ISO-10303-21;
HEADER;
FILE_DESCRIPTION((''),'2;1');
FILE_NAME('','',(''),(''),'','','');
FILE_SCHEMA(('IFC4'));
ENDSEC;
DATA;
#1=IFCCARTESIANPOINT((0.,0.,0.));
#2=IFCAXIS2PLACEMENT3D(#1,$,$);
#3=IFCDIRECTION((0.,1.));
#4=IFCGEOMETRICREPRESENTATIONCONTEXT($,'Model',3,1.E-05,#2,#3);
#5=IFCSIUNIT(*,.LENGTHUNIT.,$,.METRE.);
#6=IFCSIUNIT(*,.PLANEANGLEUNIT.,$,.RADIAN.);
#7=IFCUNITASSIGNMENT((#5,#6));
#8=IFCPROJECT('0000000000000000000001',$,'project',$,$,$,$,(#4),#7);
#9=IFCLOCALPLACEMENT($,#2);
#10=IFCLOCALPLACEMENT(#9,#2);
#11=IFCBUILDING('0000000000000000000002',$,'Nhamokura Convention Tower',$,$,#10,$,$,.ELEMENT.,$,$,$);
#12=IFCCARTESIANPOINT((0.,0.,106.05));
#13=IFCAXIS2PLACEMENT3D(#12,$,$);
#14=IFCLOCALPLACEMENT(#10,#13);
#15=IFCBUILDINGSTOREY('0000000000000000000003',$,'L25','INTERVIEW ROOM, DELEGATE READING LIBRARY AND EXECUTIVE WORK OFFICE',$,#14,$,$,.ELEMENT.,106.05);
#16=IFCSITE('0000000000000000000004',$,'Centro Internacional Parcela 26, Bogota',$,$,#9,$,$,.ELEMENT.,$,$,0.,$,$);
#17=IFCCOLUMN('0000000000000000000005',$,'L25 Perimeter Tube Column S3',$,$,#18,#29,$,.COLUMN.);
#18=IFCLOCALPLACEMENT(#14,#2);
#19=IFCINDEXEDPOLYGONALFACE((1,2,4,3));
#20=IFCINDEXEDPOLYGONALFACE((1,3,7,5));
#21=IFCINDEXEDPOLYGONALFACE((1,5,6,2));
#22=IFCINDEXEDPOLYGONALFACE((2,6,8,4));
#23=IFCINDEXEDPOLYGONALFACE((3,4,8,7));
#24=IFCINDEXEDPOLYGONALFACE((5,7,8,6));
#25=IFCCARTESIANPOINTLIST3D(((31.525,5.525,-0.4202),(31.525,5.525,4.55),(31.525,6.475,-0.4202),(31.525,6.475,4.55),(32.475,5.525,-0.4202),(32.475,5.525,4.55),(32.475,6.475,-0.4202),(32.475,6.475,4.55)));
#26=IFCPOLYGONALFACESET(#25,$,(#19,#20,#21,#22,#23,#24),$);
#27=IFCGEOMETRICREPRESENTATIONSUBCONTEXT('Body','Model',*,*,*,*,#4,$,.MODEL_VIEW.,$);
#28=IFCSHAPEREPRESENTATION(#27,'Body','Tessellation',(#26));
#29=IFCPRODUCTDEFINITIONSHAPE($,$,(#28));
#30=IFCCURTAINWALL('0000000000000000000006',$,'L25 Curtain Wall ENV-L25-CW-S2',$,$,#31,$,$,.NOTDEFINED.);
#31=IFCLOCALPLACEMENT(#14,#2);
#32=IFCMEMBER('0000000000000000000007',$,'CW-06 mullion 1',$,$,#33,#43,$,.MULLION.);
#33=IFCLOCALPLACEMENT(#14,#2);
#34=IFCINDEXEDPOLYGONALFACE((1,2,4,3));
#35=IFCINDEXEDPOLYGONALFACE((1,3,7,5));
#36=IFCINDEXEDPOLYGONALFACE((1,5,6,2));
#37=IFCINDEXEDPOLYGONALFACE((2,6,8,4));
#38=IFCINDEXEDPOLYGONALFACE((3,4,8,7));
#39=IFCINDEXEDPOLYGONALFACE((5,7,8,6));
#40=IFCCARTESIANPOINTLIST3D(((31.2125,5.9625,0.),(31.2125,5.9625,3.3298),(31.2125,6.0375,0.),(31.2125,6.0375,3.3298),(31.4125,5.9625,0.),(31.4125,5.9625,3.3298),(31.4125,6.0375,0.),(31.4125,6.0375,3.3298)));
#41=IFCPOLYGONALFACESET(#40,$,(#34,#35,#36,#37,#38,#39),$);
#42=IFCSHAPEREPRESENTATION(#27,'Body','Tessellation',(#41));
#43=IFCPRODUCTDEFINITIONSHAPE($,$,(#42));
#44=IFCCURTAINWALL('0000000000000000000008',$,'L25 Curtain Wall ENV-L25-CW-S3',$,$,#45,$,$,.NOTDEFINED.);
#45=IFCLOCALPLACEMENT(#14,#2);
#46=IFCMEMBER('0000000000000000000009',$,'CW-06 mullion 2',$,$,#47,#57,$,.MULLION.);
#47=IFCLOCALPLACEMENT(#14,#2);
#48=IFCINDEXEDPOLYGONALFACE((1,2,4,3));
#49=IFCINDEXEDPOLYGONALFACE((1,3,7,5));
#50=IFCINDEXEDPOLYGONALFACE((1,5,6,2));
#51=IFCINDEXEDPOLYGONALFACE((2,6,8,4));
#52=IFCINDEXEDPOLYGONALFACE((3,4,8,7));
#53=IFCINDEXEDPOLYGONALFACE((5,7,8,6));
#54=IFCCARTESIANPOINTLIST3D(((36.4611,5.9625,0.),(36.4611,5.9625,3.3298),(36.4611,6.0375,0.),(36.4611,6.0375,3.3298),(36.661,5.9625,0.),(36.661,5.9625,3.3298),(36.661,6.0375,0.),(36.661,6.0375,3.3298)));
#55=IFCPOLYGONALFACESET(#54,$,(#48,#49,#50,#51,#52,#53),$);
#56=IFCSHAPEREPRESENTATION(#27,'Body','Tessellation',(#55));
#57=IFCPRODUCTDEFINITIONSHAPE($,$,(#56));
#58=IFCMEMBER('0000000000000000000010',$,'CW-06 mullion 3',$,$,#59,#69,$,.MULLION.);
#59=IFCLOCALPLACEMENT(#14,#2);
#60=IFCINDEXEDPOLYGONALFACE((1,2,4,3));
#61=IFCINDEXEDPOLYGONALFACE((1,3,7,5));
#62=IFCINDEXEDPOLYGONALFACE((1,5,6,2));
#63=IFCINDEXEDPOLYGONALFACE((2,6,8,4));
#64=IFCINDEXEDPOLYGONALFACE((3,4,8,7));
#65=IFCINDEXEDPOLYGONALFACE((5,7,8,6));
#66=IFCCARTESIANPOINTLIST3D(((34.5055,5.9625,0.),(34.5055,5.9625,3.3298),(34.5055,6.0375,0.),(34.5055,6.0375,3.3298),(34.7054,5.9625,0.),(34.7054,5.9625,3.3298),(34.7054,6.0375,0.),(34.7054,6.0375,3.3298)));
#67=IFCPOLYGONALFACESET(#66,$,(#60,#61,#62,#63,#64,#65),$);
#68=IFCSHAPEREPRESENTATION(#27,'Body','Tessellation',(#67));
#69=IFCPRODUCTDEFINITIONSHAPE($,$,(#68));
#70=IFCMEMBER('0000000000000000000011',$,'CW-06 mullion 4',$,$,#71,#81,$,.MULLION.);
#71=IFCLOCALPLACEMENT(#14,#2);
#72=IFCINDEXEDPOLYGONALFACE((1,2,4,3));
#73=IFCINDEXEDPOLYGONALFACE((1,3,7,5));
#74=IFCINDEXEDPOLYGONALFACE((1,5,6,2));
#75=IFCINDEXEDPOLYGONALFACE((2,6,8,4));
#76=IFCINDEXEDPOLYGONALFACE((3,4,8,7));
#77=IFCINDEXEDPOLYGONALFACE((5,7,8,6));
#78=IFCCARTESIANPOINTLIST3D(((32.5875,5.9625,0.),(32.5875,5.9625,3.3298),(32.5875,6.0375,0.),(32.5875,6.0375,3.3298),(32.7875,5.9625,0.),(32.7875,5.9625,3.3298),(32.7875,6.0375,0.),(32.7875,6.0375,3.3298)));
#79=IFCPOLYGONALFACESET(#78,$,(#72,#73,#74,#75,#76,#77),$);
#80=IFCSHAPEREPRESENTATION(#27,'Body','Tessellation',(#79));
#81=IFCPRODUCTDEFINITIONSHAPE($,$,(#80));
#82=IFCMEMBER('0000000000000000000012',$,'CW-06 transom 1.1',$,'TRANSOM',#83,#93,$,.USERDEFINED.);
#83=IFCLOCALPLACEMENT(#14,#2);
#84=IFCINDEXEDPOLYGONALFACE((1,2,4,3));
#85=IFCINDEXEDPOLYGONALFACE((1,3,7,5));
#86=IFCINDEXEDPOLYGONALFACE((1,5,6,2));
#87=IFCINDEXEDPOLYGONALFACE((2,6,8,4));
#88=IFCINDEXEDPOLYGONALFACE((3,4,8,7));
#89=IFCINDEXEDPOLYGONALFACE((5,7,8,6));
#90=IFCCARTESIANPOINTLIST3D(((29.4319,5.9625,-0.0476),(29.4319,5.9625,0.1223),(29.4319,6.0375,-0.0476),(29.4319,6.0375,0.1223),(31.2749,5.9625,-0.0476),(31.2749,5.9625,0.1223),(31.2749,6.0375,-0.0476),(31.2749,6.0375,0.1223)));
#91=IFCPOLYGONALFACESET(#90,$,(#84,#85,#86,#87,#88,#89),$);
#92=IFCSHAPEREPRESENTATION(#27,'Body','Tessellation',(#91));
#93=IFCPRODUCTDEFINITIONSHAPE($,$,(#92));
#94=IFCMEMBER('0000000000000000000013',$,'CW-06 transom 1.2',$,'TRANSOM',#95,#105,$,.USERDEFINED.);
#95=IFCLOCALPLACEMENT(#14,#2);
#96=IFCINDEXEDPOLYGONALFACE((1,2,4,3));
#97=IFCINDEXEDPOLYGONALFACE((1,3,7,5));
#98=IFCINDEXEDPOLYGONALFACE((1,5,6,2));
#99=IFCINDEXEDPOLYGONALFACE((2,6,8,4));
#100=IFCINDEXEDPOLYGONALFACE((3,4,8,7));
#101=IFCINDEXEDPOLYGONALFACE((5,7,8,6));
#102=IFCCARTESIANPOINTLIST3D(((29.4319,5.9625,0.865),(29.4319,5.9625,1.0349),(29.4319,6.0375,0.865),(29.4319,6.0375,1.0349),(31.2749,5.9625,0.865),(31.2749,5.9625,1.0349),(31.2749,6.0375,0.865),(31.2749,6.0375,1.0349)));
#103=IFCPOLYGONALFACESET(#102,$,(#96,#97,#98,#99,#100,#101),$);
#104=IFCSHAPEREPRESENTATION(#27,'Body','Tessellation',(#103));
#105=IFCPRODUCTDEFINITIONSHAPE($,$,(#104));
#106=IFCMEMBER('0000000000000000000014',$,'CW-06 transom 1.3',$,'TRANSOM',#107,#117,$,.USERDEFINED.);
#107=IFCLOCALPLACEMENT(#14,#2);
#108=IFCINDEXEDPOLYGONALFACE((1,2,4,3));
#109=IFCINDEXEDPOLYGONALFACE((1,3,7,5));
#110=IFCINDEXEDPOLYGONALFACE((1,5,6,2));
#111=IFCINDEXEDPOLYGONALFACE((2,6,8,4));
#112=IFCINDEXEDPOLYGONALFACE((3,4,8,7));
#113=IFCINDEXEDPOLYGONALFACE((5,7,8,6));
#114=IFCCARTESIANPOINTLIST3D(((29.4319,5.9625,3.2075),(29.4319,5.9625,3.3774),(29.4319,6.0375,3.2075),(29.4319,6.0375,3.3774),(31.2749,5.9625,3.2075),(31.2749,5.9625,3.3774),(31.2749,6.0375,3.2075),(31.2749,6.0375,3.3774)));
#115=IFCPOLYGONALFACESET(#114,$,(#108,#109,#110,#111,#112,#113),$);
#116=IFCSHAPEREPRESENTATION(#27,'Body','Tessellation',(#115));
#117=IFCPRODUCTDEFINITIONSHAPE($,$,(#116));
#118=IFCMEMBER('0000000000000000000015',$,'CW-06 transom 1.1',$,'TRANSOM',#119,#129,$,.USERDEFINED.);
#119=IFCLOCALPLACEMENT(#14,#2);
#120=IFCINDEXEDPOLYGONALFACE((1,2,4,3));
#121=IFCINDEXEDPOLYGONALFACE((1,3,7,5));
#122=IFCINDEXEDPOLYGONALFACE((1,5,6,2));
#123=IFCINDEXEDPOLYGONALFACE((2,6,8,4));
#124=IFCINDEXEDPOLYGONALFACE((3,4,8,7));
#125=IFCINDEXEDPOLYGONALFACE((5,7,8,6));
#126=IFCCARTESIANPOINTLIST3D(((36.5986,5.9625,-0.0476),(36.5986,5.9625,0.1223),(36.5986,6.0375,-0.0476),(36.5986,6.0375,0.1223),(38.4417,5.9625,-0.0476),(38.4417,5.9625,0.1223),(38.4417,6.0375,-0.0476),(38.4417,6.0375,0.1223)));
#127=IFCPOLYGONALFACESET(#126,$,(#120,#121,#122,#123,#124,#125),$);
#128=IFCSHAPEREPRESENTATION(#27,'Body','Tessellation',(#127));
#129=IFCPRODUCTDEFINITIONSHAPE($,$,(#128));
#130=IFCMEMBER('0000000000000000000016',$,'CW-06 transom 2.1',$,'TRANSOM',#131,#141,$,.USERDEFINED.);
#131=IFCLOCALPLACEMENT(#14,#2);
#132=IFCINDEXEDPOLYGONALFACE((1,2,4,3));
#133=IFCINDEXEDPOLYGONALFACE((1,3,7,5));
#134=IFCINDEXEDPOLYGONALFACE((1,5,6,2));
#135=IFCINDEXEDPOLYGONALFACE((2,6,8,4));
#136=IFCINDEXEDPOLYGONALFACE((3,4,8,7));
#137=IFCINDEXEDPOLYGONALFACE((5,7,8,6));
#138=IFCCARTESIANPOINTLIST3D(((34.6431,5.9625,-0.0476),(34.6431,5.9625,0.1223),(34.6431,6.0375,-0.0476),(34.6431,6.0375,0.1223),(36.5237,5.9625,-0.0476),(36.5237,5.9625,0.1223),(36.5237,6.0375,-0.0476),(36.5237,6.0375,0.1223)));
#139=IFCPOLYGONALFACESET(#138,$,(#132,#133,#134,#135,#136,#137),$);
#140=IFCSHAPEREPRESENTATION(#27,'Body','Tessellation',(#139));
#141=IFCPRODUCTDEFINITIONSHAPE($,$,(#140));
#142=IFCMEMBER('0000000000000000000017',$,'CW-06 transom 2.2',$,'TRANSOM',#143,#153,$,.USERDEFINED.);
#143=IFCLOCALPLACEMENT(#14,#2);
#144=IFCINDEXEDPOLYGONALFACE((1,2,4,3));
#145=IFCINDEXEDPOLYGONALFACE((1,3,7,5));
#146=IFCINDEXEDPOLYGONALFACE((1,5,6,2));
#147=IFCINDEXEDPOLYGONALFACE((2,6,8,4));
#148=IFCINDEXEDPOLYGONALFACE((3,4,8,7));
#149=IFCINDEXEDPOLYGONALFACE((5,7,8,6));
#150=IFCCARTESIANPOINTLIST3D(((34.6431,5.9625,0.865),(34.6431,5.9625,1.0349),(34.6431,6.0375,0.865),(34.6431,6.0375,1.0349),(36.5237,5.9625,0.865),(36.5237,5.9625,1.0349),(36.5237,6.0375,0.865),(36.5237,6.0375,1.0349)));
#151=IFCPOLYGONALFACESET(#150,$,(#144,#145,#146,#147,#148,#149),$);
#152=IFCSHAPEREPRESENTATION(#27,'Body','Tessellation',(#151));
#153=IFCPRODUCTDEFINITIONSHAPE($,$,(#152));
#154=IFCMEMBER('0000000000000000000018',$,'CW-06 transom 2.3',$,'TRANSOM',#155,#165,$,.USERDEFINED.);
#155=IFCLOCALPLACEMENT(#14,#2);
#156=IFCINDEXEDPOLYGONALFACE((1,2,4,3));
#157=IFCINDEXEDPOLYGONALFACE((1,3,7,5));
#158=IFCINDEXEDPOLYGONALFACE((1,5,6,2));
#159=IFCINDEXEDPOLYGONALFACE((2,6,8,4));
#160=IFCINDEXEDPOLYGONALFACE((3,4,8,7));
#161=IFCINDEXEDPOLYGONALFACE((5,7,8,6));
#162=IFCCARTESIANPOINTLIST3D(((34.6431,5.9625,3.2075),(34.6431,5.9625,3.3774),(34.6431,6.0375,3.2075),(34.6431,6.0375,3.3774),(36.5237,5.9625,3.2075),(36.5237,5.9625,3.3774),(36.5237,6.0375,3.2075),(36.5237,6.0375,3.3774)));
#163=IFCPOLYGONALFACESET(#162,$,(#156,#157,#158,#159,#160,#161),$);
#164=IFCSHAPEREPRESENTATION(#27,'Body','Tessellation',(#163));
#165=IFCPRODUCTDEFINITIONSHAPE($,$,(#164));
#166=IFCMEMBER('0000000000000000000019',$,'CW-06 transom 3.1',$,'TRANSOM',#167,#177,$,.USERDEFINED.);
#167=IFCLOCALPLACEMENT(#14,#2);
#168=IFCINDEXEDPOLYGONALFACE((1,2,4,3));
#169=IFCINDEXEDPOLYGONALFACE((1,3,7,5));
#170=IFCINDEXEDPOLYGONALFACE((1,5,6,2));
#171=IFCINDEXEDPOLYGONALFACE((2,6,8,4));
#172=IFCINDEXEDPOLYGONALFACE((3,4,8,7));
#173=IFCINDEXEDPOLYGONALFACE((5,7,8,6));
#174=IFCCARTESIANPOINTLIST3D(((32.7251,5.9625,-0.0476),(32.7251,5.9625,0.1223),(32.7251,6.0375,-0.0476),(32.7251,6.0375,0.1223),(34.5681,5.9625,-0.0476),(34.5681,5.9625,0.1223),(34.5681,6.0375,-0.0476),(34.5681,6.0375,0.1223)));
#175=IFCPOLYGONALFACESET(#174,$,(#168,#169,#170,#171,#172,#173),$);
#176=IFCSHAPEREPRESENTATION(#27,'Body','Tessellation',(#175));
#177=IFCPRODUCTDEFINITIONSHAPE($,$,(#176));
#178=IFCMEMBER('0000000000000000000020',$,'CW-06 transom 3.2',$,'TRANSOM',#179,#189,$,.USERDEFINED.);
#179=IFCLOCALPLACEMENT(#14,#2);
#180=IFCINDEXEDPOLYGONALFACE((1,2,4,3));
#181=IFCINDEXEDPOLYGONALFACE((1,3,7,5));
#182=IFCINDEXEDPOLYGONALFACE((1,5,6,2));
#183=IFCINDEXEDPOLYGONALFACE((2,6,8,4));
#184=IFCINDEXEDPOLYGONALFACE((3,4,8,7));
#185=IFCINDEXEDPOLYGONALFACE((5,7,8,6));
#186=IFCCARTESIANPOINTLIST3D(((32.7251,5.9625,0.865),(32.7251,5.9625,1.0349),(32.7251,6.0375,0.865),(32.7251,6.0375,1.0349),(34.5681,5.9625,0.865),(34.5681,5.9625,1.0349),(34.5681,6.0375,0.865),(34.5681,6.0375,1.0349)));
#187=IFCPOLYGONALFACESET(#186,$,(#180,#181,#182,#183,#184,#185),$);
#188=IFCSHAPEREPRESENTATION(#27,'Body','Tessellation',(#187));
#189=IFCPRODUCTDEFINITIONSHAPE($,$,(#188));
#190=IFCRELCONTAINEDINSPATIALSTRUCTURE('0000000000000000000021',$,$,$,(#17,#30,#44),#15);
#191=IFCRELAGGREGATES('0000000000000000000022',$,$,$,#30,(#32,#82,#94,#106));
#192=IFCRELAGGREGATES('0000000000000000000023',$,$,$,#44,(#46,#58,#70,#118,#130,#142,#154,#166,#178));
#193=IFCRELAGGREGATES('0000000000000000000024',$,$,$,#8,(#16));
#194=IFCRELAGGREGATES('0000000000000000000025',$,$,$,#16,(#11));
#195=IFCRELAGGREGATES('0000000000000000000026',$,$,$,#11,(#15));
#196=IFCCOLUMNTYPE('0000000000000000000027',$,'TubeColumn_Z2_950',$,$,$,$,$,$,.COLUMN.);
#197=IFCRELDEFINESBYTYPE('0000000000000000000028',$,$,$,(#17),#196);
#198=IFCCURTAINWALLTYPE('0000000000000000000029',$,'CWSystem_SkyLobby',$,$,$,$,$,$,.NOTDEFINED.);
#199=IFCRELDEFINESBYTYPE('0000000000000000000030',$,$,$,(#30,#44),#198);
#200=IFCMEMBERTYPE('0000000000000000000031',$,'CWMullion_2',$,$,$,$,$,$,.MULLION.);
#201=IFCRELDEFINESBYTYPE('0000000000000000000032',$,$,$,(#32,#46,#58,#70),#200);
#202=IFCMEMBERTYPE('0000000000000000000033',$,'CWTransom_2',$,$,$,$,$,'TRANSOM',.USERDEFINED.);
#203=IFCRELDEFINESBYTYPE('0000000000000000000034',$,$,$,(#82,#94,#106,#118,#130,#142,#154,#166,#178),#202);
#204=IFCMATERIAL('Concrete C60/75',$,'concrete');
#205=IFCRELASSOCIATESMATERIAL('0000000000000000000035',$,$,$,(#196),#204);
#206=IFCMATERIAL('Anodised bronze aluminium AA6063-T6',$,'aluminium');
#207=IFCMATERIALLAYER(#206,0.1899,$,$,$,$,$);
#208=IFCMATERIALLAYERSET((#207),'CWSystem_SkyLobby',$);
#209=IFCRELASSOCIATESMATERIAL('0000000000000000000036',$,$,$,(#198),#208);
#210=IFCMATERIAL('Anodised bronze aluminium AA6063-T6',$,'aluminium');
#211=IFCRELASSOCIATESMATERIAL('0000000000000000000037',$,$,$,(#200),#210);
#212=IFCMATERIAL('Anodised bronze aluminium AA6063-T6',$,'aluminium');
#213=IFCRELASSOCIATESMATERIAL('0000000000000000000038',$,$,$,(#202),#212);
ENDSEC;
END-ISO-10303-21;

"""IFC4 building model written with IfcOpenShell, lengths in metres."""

from ifc_helpers import new_model, si_unit, direction, frame, origin, origin_2d, place, context, subcontext, project, spatial, rectangle, extrude, material, layer, layer_set, material_profile, profile_set, type_object, element, aggregate, save


model = new_model("IFC4")

# Units and contexts
model_context = context("Model", 3, precision=1e-05, world=origin(), true_north=direction((0.0, 1.0)))
body_context = subcontext(model_context, "Body", "Model", "MODEL_VIEW")
ifc_project = project(units=[si_unit("LENGTHUNIT", "METRE"), si_unit("PLANEANGLEUNIT", "RADIAN")], contexts=[model_context])

# Site, building, storey
site_placement = place(None, origin())
site = spatial("IfcSite", under=ifc_project, at=site_placement, Name="Centro Internacional Parcela 26, Bogota", CompositionType="ELEMENT", RefElevation=0.0)
building_placement = place(site_placement, origin())
building = spatial("IfcBuilding", under=site, at=building_placement, Name="Nhamokura Convention Tower", CompositionType="ELEMENT")
storey_placement = place(building_placement, frame((0.0, 0.0, 106.05)))
storey = spatial("IfcBuildingStorey", under=building, at=storey_placement, Name="L25", Description="INTERVIEW ROOM, DELEGATE READING LIBRARY AND EXECUTIVE WORK OFFICE", CompositionType="ELEMENT", Elevation=106.05)

# Column
ifc_material_1 = material(Name="Concrete C60/75", Category="concrete")
ifc_material_profile_1 = material_profile(ifc_material_1, rectangle(XDim=0.95, YDim=0.95, at=origin_2d()))
ifc_profile_set_1 = profile_set([ifc_material_profile_1], Name="Concrete C60/75")
column_type = type_object("IfcColumnType", Name="TubeColumn_Z2_950", PredefinedType="COLUMN", material=ifc_profile_set_1)
column_placement = place(storey_placement, frame((32.0, 6.0, -0.4202), z_axis=(0.0, 0.0, 1.0), x_axis=(1.0, 0.0, 0.0)))
element("IfcColumn", 1, at=column_placement, inside=storey, type_object=column_type, Name="L25 Perimeter Tube Column S3", PredefinedType="COLUMN", context=body_context, shape_type="SweptSolid", body=[
    extrude(rectangle(XDim=0.95, YDim=0.95, at=origin_2d()), origin(), (0.0, 0.0, 1.0), 4.9702),
])

# Curtain wall, member
ifc_material_2 = material(Name="Anodised bronze aluminium AA6063-T6", Category="aluminium")
ifc_layer_1 = layer(ifc_material_2, 0.1899)
ifc_layer_set_1 = layer_set([ifc_layer_1], Name="CWSystem_SkyLobby")
curtain_wall_type = type_object("IfcCurtainWallType", Name="CWSystem_SkyLobby", PredefinedType="NOTDEFINED", material=ifc_layer_set_1)
curtain_wall_1_placement = place(storey_placement, origin())
curtain_wall_1 = element("IfcCurtainWall", 2, at=curtain_wall_1_placement, inside=storey, type_object=curtain_wall_type, Name="L25 Curtain Wall ENV-L25-CW-S2", PredefinedType="NOTDEFINED")
ifc_material_3 = material(Name="Anodised bronze aluminium AA6063-T6", Category="aluminium")
ifc_material_profile_2 = material_profile(ifc_material_3, rectangle(XDim=0.075, YDim=0.2, at=origin_2d()))
ifc_profile_set_2 = profile_set([ifc_material_profile_2], Name="Anodised bronze aluminium AA6063-T6")
member_type_1 = type_object("IfcMemberType", Name="CWMullion_2", PredefinedType="MULLION", material=ifc_profile_set_2)
member_1_placement = place(storey_placement, frame((31.3125, 6.0, 0.0), z_axis=(0.0, 0.0, 1.0), x_axis=(0.0, -1.0, 0.0)))
member_1 = element("IfcMember", 3, at=member_1_placement, type_object=member_type_1, Name="CW-06 mullion 1", PredefinedType="MULLION", context=body_context, shape_type="SweptSolid", body=[
    extrude(rectangle(XDim=0.075, YDim=0.2, at=origin_2d()), origin(), (0.0, 0.0, 1.0), 3.3298),
])

# Curtain wall, members
curtain_wall_2_placement = place(storey_placement, origin())
curtain_wall_2 = element("IfcCurtainWall", 4, at=curtain_wall_2_placement, inside=storey, type_object=curtain_wall_type, Name="L25 Curtain Wall ENV-L25-CW-S3", PredefinedType="NOTDEFINED")
member_2_placement = place(storey_placement, frame((36.561, 6.0, 0.0), z_axis=(0.0, 0.0, 1.0), x_axis=(0.0, -1.0, 0.0)))
member_2 = element("IfcMember", 5, at=member_2_placement, type_object=member_type_1, Name="CW-06 mullion 2", PredefinedType="MULLION", context=body_context, shape_type="SweptSolid", body=[
    extrude(rectangle(XDim=0.075, YDim=0.2, at=origin_2d()), origin(), (0.0, 0.0, 1.0), 3.3298),
])
member_3_placement = place(storey_placement, frame((34.6055, 6.0, 0.0), z_axis=(0.0, 0.0, 1.0), x_axis=(0.0, -1.0, 0.0)))
member_3 = element("IfcMember", 6, at=member_3_placement, type_object=member_type_1, Name="CW-06 mullion 3", PredefinedType="MULLION", context=body_context, shape_type="SweptSolid", body=[
    extrude(rectangle(XDim=0.075, YDim=0.2, at=origin_2d()), origin(), (0.0, 0.0, 1.0), 3.3298),
])
member_4_placement = place(storey_placement, frame((32.6875, 6.0, 0.0), z_axis=(0.0, 0.0, 1.0), x_axis=(0.0, -1.0, 0.0)))
member_4 = element("IfcMember", 7, at=member_4_placement, type_object=member_type_1, Name="CW-06 mullion 4", PredefinedType="MULLION", context=body_context, shape_type="SweptSolid", body=[
    extrude(rectangle(XDim=0.075, YDim=0.2, at=origin_2d()), origin(), (0.0, 0.0, 1.0), 3.3298),
])

# Members
ifc_material_4 = material(Name="Anodised bronze aluminium AA6063-T6", Category="aluminium")
ifc_material_profile_3 = material_profile(ifc_material_4, rectangle(XDim=0.075, YDim=0.1699, at=origin_2d()))
ifc_profile_set_3 = profile_set([ifc_material_profile_3], Name="Anodised bronze aluminium AA6063-T6")
member_type_2 = type_object("IfcMemberType", Name="CWTransom_2", ElementType="TRANSOM", PredefinedType="USERDEFINED", material=ifc_profile_set_3)
member_5_placement = place(storey_placement, frame((31.2749, 6.0, 0.0374), z_axis=(-1.0, 0.0, 0.0), x_axis=(0.0, -1.0, 0.0)))
member_5 = element("IfcMember", 8, at=member_5_placement, type_object=member_type_2, Name="CW-06 transom 1.1", ObjectType="TRANSOM", PredefinedType="USERDEFINED", context=body_context, shape_type="SweptSolid", body=[
    extrude(rectangle(XDim=0.075, YDim=0.1699, at=origin_2d()), origin(), (0.0, 0.0, 1.0), 1.843),
])
member_6_placement = place(storey_placement, frame((31.2749, 6.0, 0.95), z_axis=(-1.0, 0.0, 0.0), x_axis=(0.0, -1.0, 0.0)))
member_6 = element("IfcMember", 9, at=member_6_placement, type_object=member_type_2, Name="CW-06 transom 1.2", ObjectType="TRANSOM", PredefinedType="USERDEFINED", context=body_context, shape_type="SweptSolid", body=[
    extrude(rectangle(XDim=0.075, YDim=0.1699, at=origin_2d()), origin(), (0.0, 0.0, 1.0), 1.843),
])
member_7_placement = place(storey_placement, frame((31.2749, 6.0, 3.2925), z_axis=(-1.0, 0.0, 0.0), x_axis=(0.0, -1.0, 0.0)))
member_7 = element("IfcMember", 10, at=member_7_placement, type_object=member_type_2, Name="CW-06 transom 1.3", ObjectType="TRANSOM", PredefinedType="USERDEFINED", context=body_context, shape_type="SweptSolid", body=[
    extrude(rectangle(XDim=0.075, YDim=0.1699, at=origin_2d()), origin(), (0.0, 0.0, 1.0), 1.843),
])
member_8_placement = place(storey_placement, frame((38.4417, 6.0, 0.0374), z_axis=(-1.0, 0.0, 0.0), x_axis=(0.0, -1.0, 0.0)))
member_8 = element("IfcMember", 11, at=member_8_placement, type_object=member_type_2, Name="CW-06 transom 1.1", ObjectType="TRANSOM", PredefinedType="USERDEFINED", context=body_context, shape_type="SweptSolid", body=[
    extrude(rectangle(XDim=0.075, YDim=0.1699, at=origin_2d()), origin(), (0.0, 0.0, 1.0), 1.843),
])
member_9_placement = place(storey_placement, frame((36.5237, 6.0, 0.0374), z_axis=(-1.0, 0.0, 0.0), x_axis=(0.0, -1.0, 0.0)))
member_9 = element("IfcMember", 12, at=member_9_placement, type_object=member_type_2, Name="CW-06 transom 2.1", ObjectType="TRANSOM", PredefinedType="USERDEFINED", context=body_context, shape_type="SweptSolid", body=[
    extrude(rectangle(XDim=0.075, YDim=0.1699, at=origin_2d()), origin(), (0.0, 0.0, 1.0), 1.8806),
])
member_10_placement = place(storey_placement, frame((36.5237, 6.0, 0.95), z_axis=(-1.0, 0.0, 0.0), x_axis=(0.0, -1.0, 0.0)))
member_10 = element("IfcMember", 13, at=member_10_placement, type_object=member_type_2, Name="CW-06 transom 2.2", ObjectType="TRANSOM", PredefinedType="USERDEFINED", context=body_context, shape_type="SweptSolid", body=[
    extrude(rectangle(XDim=0.075, YDim=0.1699, at=origin_2d()), origin(), (0.0, 0.0, 1.0), 1.8806),
])
member_11_placement = place(storey_placement, frame((36.5237, 6.0, 3.2925), z_axis=(-1.0, 0.0, 0.0), x_axis=(0.0, -1.0, 0.0)))
member_11 = element("IfcMember", 14, at=member_11_placement, type_object=member_type_2, Name="CW-06 transom 2.3", ObjectType="TRANSOM", PredefinedType="USERDEFINED", context=body_context, shape_type="SweptSolid", body=[
    extrude(rectangle(XDim=0.075, YDim=0.1699, at=origin_2d()), origin(), (0.0, 0.0, 1.0), 1.8806),
])
member_12_placement = place(storey_placement, frame((34.5681, 6.0, 0.0374), z_axis=(-1.0, 0.0, 0.0), x_axis=(0.0, -1.0, 0.0)))
member_12 = element("IfcMember", 15, at=member_12_placement, type_object=member_type_2, Name="CW-06 transom 3.1", ObjectType="TRANSOM", PredefinedType="USERDEFINED", context=body_context, shape_type="SweptSolid", body=[
    extrude(rectangle(XDim=0.075, YDim=0.1699, at=origin_2d()), origin(), (0.0, 0.0, 1.0), 1.843),
])
member_13_placement = place(storey_placement, frame((34.5681, 6.0, 0.95), z_axis=(-1.0, 0.0, 0.0), x_axis=(0.0, -1.0, 0.0)))
member_13 = element("IfcMember", 16, at=member_13_placement, type_object=member_type_2, Name="CW-06 transom 3.2", ObjectType="TRANSOM", PredefinedType="USERDEFINED", context=body_context, shape_type="SweptSolid", body=[
    extrude(rectangle(XDim=0.075, YDim=0.1699, at=origin_2d()), origin(), (0.0, 0.0, 1.0), 1.843),
])

aggregate(curtain_wall_1, [member_1, member_5, member_6, member_7])
aggregate(curtain_wall_2, [member_2, member_3, member_4, member_8, member_9, member_10, member_11, member_12, member_13])

save(model, "model.ifc")
